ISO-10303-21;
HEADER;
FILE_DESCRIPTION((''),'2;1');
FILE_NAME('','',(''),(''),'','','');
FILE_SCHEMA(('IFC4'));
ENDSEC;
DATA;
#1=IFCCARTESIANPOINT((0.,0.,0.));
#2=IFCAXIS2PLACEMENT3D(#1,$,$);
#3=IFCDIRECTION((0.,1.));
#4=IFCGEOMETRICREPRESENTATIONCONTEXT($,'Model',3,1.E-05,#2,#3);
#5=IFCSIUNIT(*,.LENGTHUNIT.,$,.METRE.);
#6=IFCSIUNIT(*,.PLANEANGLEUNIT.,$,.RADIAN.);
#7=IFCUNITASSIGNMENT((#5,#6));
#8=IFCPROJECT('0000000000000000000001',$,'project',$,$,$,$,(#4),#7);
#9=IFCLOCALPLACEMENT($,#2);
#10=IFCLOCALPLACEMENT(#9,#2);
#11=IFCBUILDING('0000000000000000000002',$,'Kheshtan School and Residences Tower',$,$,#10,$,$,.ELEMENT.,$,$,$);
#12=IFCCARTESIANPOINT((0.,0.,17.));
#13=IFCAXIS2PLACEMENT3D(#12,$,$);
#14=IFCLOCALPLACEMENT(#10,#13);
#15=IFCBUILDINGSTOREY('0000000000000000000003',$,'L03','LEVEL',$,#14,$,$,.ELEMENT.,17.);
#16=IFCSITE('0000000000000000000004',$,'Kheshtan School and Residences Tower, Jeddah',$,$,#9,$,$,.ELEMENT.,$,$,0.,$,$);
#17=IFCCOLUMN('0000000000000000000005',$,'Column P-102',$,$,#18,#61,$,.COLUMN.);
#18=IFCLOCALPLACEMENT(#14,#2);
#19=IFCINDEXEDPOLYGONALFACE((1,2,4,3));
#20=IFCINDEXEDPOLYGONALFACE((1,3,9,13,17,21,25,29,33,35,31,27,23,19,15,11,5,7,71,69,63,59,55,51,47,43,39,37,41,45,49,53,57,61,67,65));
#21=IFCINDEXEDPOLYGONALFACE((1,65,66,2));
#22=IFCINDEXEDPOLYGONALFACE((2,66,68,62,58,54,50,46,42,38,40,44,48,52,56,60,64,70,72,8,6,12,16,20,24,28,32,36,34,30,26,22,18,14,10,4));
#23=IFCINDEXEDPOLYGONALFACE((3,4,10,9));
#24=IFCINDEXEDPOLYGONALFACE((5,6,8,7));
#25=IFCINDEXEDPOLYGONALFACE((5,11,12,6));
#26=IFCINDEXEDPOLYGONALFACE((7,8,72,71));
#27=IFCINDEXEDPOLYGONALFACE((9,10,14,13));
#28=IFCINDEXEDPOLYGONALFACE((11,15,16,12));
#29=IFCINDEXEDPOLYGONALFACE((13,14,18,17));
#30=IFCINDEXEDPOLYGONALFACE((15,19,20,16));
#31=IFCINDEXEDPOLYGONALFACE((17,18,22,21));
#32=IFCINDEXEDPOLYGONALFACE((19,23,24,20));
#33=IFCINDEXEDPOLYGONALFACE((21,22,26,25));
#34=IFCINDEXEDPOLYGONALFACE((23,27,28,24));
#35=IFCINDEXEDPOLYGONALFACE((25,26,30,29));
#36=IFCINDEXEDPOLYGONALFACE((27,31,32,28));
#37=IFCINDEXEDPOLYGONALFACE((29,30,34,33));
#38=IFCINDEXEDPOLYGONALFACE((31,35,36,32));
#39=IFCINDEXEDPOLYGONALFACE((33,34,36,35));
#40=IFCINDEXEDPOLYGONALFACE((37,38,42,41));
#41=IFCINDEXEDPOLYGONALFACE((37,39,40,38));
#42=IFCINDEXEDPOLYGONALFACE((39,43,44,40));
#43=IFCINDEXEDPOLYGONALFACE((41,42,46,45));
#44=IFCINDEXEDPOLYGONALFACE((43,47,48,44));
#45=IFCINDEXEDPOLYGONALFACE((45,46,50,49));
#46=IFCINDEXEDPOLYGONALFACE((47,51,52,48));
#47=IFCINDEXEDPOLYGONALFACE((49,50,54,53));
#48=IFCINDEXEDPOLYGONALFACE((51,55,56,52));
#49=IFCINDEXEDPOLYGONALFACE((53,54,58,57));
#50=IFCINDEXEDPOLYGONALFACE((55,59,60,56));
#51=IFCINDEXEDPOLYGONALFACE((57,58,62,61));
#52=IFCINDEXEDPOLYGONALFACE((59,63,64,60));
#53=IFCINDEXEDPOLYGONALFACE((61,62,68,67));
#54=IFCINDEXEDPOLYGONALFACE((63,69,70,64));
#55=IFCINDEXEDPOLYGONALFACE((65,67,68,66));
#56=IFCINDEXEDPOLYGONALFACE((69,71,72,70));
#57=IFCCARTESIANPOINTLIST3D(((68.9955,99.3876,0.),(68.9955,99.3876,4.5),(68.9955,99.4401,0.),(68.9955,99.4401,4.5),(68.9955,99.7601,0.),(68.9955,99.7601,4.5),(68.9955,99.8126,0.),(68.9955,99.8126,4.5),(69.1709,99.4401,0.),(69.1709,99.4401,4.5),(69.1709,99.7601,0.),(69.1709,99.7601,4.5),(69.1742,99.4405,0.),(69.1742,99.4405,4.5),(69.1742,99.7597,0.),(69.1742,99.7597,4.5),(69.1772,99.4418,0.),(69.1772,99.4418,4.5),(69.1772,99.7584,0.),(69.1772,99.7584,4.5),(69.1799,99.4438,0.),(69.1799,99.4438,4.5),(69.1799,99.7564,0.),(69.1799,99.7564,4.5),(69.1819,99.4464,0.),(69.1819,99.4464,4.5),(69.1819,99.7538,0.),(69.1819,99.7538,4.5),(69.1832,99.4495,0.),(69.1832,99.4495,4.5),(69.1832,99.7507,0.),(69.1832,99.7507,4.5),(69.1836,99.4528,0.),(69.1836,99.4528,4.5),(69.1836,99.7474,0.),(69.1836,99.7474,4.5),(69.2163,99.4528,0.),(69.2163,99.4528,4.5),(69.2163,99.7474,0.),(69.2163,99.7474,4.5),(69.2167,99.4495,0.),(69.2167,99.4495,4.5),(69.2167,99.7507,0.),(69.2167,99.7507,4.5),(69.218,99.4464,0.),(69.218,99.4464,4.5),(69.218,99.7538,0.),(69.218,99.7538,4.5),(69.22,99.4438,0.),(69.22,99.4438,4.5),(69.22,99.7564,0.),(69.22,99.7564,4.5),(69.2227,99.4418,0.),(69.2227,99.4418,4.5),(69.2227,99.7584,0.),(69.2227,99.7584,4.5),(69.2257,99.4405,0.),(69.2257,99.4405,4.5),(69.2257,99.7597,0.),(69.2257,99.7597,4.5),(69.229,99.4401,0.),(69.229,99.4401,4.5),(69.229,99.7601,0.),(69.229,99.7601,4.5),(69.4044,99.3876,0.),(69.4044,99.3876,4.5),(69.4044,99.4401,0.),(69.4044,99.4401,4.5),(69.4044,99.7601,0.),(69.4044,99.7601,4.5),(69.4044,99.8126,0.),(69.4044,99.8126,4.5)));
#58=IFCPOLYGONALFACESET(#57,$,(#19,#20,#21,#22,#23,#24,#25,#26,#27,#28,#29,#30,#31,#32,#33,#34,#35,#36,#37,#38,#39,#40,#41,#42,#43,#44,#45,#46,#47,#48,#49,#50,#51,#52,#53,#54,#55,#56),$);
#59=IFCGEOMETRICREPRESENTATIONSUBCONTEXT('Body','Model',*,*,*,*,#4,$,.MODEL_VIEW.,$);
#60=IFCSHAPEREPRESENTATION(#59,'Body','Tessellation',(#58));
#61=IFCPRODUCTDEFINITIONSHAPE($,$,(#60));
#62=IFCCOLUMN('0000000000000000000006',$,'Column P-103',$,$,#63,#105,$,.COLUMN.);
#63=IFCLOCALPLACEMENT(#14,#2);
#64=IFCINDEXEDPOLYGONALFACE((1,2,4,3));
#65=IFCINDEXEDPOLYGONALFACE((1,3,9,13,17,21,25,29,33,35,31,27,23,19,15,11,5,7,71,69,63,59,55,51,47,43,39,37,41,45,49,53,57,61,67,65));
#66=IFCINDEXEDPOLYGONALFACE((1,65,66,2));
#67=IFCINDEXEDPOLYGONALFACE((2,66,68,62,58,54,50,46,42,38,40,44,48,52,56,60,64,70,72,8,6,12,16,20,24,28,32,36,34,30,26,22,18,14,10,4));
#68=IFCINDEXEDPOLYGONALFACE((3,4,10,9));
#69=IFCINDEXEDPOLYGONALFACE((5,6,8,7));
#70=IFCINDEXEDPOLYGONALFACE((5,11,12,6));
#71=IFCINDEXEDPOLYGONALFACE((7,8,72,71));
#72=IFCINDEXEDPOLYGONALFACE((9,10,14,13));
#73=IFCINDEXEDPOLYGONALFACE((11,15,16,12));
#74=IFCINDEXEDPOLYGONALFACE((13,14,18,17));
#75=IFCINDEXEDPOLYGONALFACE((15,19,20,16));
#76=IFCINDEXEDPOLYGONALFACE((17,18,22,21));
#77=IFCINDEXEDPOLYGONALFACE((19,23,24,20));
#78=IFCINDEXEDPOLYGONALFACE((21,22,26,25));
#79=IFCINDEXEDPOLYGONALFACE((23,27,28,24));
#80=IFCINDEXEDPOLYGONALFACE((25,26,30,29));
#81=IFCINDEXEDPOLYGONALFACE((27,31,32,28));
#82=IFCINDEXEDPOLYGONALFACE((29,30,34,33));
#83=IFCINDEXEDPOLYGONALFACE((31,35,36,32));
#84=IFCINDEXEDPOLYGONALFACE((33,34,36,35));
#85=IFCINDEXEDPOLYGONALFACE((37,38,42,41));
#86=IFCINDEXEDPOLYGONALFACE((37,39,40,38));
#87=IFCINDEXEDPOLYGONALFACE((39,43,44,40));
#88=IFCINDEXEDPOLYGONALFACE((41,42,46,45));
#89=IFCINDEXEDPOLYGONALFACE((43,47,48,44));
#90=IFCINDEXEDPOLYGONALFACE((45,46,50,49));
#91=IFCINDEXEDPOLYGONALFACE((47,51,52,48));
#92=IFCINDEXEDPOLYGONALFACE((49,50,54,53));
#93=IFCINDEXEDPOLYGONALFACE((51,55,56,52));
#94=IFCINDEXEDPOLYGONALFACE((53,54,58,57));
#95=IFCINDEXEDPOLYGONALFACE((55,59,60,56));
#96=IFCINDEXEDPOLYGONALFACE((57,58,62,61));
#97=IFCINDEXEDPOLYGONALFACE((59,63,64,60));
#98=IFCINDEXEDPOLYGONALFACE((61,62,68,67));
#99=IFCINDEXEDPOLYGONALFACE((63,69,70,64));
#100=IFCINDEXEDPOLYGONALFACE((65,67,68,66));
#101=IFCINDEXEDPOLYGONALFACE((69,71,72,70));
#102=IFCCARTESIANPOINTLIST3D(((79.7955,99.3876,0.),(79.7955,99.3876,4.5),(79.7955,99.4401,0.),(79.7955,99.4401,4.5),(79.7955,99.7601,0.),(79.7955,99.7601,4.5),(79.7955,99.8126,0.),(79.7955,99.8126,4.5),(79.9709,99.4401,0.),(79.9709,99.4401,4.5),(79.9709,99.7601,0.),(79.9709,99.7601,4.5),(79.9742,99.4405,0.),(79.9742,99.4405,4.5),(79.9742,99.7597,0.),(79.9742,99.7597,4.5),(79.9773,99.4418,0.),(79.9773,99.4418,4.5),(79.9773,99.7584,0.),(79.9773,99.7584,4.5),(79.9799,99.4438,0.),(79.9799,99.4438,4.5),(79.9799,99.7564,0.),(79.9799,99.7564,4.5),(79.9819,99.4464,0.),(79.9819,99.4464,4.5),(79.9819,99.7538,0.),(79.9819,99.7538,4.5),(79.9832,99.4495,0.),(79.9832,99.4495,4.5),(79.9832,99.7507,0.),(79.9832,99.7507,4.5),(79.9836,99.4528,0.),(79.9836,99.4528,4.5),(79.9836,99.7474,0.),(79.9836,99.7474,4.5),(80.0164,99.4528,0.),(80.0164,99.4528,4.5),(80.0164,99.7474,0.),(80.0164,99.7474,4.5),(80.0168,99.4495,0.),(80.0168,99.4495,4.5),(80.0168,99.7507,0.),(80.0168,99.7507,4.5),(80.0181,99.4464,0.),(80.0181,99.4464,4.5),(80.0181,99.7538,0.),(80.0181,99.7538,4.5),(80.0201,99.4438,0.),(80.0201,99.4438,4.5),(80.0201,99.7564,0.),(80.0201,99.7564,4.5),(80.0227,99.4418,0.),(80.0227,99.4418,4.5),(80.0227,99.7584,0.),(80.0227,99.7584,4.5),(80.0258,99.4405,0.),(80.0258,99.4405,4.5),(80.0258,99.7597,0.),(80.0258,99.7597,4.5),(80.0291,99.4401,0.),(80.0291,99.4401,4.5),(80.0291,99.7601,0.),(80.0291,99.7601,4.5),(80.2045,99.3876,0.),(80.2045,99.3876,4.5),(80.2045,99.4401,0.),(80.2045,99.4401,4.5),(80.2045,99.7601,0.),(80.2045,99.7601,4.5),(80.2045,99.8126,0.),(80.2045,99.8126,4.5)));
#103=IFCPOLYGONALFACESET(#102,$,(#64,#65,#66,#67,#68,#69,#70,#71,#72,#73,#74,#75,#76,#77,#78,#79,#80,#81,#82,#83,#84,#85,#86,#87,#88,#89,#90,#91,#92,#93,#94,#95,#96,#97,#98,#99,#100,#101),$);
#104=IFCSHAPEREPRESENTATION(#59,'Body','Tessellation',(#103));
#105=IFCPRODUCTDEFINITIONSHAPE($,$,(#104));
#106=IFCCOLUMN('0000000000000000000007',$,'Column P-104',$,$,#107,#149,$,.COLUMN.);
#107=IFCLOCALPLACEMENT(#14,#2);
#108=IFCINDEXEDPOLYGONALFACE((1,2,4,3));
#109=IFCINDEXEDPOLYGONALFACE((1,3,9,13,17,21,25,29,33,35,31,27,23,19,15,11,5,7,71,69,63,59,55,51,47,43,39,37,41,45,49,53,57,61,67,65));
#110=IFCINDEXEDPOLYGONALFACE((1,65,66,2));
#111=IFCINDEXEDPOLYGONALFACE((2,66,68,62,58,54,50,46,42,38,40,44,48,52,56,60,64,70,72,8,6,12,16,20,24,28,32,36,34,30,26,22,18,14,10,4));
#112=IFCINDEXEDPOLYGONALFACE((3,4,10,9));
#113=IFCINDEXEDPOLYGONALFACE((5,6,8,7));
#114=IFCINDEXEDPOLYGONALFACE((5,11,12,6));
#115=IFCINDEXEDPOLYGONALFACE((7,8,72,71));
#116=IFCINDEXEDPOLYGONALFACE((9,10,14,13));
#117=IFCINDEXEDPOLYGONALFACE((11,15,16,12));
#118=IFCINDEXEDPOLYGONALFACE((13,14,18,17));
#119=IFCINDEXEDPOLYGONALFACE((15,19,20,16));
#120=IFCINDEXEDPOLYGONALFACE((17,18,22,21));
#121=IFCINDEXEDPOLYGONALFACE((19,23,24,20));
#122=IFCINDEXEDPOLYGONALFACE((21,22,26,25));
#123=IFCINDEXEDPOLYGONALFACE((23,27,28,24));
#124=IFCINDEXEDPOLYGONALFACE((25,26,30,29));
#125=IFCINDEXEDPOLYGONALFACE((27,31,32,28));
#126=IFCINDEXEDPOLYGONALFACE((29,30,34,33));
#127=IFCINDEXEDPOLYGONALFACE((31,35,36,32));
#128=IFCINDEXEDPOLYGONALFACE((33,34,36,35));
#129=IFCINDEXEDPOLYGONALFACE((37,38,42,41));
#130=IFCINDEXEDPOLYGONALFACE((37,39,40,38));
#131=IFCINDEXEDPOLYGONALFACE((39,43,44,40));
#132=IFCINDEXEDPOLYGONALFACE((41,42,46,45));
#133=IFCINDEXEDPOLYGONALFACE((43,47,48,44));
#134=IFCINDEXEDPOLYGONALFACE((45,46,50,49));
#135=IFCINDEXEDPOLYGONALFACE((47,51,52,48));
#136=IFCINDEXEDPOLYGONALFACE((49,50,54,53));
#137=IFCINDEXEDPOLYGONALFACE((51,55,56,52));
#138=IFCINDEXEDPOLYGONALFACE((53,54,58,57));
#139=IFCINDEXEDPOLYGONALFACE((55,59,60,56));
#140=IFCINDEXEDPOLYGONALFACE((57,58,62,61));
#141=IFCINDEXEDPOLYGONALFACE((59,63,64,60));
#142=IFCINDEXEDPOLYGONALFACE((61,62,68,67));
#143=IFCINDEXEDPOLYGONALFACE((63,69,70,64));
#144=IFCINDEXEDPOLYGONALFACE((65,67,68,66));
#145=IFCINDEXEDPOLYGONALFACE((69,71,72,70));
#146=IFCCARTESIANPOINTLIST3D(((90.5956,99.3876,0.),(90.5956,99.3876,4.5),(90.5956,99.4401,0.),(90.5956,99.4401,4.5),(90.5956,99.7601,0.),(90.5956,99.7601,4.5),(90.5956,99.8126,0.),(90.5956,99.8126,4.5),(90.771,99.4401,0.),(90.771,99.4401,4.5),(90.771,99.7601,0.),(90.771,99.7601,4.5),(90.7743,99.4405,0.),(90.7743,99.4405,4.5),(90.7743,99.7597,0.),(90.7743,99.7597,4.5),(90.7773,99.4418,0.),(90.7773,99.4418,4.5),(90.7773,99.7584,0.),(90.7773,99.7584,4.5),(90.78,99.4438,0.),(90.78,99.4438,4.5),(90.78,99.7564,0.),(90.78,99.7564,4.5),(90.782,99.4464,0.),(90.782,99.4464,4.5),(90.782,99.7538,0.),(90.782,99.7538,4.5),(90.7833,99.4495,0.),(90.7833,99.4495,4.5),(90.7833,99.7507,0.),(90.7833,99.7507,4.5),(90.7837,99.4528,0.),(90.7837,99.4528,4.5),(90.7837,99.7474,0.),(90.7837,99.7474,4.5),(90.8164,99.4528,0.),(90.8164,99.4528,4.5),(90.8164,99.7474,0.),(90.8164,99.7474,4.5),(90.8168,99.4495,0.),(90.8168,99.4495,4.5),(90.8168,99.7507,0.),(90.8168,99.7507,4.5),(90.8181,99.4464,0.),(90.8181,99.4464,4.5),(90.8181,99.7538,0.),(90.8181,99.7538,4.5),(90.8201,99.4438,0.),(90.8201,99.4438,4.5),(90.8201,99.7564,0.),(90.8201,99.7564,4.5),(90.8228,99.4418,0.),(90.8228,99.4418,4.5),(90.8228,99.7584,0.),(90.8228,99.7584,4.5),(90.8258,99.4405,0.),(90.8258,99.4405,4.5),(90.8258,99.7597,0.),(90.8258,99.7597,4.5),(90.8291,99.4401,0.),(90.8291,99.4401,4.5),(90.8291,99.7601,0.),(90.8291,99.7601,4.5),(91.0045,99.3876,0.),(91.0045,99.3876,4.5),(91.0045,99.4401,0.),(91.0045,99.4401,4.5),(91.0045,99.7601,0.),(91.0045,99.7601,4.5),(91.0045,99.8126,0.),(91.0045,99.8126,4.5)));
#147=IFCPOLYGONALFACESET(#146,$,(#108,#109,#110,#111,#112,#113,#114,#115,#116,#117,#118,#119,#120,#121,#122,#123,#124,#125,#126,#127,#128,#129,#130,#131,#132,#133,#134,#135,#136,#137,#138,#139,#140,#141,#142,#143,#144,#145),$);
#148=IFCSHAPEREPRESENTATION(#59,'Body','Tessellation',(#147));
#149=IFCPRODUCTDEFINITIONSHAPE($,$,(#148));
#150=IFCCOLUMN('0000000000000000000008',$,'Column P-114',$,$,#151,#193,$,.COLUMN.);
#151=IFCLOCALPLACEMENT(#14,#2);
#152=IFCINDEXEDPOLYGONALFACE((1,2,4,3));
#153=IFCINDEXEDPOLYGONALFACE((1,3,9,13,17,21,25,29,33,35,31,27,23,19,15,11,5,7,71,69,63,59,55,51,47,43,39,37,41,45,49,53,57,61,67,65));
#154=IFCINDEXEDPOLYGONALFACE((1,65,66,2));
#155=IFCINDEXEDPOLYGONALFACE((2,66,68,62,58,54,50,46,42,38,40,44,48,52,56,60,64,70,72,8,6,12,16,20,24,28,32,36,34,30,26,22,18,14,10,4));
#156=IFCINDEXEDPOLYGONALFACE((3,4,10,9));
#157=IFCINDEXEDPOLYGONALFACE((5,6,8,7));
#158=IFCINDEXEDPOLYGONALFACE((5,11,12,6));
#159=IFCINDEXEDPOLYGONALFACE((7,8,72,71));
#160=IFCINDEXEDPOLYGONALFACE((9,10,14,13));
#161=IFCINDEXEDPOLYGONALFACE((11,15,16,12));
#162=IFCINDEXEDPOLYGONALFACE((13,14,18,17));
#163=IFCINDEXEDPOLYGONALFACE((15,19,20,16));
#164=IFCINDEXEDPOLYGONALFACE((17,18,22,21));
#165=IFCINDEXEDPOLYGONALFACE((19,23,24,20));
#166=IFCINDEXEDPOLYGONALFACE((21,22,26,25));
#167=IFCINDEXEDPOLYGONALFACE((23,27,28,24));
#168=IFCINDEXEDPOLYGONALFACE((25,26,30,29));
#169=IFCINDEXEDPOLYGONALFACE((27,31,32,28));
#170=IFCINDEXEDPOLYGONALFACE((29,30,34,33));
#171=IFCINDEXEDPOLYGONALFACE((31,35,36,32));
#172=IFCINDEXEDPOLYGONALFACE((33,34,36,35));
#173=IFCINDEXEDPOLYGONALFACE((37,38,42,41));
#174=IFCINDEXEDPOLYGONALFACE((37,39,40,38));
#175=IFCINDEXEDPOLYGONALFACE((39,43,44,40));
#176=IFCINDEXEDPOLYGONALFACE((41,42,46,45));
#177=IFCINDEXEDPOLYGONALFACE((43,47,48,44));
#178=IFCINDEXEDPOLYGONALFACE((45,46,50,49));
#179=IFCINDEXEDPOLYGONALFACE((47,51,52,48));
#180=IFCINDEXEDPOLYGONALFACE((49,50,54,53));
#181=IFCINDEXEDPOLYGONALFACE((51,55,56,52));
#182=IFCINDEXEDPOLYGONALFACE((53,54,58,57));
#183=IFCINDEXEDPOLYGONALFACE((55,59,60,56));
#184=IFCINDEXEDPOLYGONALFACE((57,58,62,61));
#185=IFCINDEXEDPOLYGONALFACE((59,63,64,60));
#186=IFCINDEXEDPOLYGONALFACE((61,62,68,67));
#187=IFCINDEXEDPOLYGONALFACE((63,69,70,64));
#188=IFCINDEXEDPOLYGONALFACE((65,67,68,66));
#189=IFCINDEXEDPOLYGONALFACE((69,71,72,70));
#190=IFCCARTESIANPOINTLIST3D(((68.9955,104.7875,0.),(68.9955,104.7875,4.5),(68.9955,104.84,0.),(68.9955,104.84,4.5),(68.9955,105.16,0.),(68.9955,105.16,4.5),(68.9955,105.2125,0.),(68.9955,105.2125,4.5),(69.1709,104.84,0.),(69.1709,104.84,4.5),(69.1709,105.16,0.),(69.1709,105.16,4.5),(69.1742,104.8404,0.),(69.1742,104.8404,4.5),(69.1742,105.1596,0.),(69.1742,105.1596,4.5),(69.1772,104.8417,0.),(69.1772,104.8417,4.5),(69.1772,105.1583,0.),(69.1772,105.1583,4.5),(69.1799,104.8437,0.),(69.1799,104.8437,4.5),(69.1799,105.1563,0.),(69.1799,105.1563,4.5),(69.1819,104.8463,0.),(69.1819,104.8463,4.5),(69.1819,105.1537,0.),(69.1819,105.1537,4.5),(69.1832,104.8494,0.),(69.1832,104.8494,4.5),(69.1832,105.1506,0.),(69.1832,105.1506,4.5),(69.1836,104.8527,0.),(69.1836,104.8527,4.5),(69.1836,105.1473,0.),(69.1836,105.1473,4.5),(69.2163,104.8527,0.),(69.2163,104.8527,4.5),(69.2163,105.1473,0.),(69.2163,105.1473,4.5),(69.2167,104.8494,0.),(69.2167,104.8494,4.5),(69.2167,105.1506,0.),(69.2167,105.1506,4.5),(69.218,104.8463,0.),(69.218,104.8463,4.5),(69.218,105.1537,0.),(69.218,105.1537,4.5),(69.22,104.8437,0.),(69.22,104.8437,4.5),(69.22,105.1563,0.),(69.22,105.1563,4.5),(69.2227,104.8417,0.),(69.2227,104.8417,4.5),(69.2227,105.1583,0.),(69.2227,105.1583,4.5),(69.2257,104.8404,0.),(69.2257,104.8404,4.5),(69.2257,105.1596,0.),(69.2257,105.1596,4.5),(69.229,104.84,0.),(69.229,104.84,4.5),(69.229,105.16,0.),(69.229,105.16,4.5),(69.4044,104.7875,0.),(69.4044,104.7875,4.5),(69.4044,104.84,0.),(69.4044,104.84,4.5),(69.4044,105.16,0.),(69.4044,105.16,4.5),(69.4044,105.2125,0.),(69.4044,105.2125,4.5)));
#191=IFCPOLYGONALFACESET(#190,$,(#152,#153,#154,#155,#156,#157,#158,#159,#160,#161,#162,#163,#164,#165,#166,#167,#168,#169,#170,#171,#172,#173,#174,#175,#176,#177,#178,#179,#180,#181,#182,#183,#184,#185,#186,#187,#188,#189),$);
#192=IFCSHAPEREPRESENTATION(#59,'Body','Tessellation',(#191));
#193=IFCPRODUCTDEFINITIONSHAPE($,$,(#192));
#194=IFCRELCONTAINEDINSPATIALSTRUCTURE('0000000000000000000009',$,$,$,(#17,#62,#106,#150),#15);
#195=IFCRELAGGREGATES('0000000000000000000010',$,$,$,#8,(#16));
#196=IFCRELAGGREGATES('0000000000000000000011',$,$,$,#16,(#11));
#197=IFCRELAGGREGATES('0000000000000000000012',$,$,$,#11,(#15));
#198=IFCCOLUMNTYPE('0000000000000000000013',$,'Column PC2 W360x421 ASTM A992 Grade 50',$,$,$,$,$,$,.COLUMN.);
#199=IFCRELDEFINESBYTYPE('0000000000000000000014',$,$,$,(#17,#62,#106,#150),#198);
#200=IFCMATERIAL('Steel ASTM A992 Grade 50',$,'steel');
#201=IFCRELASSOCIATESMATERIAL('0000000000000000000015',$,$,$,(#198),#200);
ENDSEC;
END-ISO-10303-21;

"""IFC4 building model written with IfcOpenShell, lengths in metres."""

from ifc_helpers import new_model, si_unit, direction, frame, origin, origin_2d, place, context, subcontext, project, spatial, i_section, extrude, material, material_profile, profile_set, type_object, element, save


model = new_model("IFC4")

# Units and contexts
model_context = context("Model", 3, precision=1e-05, world=origin(), true_north=direction((0.0, 1.0)))
body_context = subcontext(model_context, "Body", "Model", "MODEL_VIEW")
ifc_project = project(units=[si_unit("LENGTHUNIT", "METRE"), si_unit("PLANEANGLEUNIT", "RADIAN")], contexts=[model_context])

# Site, building, storey
site_placement = place(None, origin())
site = spatial("IfcSite", under=ifc_project, at=site_placement, Name="Kheshtan School and Residences Tower, Jeddah", CompositionType="ELEMENT", RefElevation=0.0)
building_placement = place(site_placement, origin())
building = spatial("IfcBuilding", under=site, at=building_placement, Name="Kheshtan School and Residences Tower", CompositionType="ELEMENT")
storey_placement = place(building_placement, frame((0.0, 0.0, 17.0)))
storey = spatial("IfcBuildingStorey", under=building, at=storey_placement, Name="L03", Description="LEVEL", CompositionType="ELEMENT", Elevation=17.0)

# Columns
ifc_material_1 = material(Name="Steel ASTM A992 Grade 50", Category="steel")
ifc_material_profile_1 = material_profile(ifc_material_1, i_section(OverallWidth=0.4089, OverallDepth=0.425, WebThickness=0.0327, FlangeThickness=0.0525, FilletRadius=0.0127, at=origin_2d()), Name="W360x421")
ifc_profile_set_1 = profile_set([ifc_material_profile_1], Name="Steel ASTM A992 Grade 50")
column_type = type_object("IfcColumnType", Name="Column PC2 W360x421 ASTM A992 Grade 50", PredefinedType="COLUMN", material=ifc_profile_set_1)
for number, where, z_axis, x_axis, name in (
    (1, (69.2, 99.6001, 0.0), (0.0, 0.0, 1.0), (1.0, 0.0, 0.0), "Column P-102"),
    (2, (80.0, 99.6001, 0.0), (0.0, 0.0, 1.0), (1.0, 0.0, 0.0), "Column P-103"),
    (3, (90.8, 99.6001, 0.0), (0.0, 0.0, 1.0), (1.0, 0.0, 0.0), "Column P-104"),
    (4, (69.2, 105.0, 0.0), (0.0, 0.0, 1.0), (1.0, 0.0, 0.0), "Column P-114"),
):
    element("IfcColumn", number, at=place(storey_placement, frame(where, z_axis=z_axis, x_axis=x_axis)), inside=storey, type_object=column_type, Name=name, PredefinedType="COLUMN", context=body_context, shape_type="SweptSolid", body=[
        extrude(i_section(OverallWidth=0.4089, OverallDepth=0.425, WebThickness=0.0327, FlangeThickness=0.0525, FilletRadius=0.0127, at=origin_2d()), origin(), (0.0, 0.0, 1.0), 4.5),
    ])

save(model, "model.ifc")
